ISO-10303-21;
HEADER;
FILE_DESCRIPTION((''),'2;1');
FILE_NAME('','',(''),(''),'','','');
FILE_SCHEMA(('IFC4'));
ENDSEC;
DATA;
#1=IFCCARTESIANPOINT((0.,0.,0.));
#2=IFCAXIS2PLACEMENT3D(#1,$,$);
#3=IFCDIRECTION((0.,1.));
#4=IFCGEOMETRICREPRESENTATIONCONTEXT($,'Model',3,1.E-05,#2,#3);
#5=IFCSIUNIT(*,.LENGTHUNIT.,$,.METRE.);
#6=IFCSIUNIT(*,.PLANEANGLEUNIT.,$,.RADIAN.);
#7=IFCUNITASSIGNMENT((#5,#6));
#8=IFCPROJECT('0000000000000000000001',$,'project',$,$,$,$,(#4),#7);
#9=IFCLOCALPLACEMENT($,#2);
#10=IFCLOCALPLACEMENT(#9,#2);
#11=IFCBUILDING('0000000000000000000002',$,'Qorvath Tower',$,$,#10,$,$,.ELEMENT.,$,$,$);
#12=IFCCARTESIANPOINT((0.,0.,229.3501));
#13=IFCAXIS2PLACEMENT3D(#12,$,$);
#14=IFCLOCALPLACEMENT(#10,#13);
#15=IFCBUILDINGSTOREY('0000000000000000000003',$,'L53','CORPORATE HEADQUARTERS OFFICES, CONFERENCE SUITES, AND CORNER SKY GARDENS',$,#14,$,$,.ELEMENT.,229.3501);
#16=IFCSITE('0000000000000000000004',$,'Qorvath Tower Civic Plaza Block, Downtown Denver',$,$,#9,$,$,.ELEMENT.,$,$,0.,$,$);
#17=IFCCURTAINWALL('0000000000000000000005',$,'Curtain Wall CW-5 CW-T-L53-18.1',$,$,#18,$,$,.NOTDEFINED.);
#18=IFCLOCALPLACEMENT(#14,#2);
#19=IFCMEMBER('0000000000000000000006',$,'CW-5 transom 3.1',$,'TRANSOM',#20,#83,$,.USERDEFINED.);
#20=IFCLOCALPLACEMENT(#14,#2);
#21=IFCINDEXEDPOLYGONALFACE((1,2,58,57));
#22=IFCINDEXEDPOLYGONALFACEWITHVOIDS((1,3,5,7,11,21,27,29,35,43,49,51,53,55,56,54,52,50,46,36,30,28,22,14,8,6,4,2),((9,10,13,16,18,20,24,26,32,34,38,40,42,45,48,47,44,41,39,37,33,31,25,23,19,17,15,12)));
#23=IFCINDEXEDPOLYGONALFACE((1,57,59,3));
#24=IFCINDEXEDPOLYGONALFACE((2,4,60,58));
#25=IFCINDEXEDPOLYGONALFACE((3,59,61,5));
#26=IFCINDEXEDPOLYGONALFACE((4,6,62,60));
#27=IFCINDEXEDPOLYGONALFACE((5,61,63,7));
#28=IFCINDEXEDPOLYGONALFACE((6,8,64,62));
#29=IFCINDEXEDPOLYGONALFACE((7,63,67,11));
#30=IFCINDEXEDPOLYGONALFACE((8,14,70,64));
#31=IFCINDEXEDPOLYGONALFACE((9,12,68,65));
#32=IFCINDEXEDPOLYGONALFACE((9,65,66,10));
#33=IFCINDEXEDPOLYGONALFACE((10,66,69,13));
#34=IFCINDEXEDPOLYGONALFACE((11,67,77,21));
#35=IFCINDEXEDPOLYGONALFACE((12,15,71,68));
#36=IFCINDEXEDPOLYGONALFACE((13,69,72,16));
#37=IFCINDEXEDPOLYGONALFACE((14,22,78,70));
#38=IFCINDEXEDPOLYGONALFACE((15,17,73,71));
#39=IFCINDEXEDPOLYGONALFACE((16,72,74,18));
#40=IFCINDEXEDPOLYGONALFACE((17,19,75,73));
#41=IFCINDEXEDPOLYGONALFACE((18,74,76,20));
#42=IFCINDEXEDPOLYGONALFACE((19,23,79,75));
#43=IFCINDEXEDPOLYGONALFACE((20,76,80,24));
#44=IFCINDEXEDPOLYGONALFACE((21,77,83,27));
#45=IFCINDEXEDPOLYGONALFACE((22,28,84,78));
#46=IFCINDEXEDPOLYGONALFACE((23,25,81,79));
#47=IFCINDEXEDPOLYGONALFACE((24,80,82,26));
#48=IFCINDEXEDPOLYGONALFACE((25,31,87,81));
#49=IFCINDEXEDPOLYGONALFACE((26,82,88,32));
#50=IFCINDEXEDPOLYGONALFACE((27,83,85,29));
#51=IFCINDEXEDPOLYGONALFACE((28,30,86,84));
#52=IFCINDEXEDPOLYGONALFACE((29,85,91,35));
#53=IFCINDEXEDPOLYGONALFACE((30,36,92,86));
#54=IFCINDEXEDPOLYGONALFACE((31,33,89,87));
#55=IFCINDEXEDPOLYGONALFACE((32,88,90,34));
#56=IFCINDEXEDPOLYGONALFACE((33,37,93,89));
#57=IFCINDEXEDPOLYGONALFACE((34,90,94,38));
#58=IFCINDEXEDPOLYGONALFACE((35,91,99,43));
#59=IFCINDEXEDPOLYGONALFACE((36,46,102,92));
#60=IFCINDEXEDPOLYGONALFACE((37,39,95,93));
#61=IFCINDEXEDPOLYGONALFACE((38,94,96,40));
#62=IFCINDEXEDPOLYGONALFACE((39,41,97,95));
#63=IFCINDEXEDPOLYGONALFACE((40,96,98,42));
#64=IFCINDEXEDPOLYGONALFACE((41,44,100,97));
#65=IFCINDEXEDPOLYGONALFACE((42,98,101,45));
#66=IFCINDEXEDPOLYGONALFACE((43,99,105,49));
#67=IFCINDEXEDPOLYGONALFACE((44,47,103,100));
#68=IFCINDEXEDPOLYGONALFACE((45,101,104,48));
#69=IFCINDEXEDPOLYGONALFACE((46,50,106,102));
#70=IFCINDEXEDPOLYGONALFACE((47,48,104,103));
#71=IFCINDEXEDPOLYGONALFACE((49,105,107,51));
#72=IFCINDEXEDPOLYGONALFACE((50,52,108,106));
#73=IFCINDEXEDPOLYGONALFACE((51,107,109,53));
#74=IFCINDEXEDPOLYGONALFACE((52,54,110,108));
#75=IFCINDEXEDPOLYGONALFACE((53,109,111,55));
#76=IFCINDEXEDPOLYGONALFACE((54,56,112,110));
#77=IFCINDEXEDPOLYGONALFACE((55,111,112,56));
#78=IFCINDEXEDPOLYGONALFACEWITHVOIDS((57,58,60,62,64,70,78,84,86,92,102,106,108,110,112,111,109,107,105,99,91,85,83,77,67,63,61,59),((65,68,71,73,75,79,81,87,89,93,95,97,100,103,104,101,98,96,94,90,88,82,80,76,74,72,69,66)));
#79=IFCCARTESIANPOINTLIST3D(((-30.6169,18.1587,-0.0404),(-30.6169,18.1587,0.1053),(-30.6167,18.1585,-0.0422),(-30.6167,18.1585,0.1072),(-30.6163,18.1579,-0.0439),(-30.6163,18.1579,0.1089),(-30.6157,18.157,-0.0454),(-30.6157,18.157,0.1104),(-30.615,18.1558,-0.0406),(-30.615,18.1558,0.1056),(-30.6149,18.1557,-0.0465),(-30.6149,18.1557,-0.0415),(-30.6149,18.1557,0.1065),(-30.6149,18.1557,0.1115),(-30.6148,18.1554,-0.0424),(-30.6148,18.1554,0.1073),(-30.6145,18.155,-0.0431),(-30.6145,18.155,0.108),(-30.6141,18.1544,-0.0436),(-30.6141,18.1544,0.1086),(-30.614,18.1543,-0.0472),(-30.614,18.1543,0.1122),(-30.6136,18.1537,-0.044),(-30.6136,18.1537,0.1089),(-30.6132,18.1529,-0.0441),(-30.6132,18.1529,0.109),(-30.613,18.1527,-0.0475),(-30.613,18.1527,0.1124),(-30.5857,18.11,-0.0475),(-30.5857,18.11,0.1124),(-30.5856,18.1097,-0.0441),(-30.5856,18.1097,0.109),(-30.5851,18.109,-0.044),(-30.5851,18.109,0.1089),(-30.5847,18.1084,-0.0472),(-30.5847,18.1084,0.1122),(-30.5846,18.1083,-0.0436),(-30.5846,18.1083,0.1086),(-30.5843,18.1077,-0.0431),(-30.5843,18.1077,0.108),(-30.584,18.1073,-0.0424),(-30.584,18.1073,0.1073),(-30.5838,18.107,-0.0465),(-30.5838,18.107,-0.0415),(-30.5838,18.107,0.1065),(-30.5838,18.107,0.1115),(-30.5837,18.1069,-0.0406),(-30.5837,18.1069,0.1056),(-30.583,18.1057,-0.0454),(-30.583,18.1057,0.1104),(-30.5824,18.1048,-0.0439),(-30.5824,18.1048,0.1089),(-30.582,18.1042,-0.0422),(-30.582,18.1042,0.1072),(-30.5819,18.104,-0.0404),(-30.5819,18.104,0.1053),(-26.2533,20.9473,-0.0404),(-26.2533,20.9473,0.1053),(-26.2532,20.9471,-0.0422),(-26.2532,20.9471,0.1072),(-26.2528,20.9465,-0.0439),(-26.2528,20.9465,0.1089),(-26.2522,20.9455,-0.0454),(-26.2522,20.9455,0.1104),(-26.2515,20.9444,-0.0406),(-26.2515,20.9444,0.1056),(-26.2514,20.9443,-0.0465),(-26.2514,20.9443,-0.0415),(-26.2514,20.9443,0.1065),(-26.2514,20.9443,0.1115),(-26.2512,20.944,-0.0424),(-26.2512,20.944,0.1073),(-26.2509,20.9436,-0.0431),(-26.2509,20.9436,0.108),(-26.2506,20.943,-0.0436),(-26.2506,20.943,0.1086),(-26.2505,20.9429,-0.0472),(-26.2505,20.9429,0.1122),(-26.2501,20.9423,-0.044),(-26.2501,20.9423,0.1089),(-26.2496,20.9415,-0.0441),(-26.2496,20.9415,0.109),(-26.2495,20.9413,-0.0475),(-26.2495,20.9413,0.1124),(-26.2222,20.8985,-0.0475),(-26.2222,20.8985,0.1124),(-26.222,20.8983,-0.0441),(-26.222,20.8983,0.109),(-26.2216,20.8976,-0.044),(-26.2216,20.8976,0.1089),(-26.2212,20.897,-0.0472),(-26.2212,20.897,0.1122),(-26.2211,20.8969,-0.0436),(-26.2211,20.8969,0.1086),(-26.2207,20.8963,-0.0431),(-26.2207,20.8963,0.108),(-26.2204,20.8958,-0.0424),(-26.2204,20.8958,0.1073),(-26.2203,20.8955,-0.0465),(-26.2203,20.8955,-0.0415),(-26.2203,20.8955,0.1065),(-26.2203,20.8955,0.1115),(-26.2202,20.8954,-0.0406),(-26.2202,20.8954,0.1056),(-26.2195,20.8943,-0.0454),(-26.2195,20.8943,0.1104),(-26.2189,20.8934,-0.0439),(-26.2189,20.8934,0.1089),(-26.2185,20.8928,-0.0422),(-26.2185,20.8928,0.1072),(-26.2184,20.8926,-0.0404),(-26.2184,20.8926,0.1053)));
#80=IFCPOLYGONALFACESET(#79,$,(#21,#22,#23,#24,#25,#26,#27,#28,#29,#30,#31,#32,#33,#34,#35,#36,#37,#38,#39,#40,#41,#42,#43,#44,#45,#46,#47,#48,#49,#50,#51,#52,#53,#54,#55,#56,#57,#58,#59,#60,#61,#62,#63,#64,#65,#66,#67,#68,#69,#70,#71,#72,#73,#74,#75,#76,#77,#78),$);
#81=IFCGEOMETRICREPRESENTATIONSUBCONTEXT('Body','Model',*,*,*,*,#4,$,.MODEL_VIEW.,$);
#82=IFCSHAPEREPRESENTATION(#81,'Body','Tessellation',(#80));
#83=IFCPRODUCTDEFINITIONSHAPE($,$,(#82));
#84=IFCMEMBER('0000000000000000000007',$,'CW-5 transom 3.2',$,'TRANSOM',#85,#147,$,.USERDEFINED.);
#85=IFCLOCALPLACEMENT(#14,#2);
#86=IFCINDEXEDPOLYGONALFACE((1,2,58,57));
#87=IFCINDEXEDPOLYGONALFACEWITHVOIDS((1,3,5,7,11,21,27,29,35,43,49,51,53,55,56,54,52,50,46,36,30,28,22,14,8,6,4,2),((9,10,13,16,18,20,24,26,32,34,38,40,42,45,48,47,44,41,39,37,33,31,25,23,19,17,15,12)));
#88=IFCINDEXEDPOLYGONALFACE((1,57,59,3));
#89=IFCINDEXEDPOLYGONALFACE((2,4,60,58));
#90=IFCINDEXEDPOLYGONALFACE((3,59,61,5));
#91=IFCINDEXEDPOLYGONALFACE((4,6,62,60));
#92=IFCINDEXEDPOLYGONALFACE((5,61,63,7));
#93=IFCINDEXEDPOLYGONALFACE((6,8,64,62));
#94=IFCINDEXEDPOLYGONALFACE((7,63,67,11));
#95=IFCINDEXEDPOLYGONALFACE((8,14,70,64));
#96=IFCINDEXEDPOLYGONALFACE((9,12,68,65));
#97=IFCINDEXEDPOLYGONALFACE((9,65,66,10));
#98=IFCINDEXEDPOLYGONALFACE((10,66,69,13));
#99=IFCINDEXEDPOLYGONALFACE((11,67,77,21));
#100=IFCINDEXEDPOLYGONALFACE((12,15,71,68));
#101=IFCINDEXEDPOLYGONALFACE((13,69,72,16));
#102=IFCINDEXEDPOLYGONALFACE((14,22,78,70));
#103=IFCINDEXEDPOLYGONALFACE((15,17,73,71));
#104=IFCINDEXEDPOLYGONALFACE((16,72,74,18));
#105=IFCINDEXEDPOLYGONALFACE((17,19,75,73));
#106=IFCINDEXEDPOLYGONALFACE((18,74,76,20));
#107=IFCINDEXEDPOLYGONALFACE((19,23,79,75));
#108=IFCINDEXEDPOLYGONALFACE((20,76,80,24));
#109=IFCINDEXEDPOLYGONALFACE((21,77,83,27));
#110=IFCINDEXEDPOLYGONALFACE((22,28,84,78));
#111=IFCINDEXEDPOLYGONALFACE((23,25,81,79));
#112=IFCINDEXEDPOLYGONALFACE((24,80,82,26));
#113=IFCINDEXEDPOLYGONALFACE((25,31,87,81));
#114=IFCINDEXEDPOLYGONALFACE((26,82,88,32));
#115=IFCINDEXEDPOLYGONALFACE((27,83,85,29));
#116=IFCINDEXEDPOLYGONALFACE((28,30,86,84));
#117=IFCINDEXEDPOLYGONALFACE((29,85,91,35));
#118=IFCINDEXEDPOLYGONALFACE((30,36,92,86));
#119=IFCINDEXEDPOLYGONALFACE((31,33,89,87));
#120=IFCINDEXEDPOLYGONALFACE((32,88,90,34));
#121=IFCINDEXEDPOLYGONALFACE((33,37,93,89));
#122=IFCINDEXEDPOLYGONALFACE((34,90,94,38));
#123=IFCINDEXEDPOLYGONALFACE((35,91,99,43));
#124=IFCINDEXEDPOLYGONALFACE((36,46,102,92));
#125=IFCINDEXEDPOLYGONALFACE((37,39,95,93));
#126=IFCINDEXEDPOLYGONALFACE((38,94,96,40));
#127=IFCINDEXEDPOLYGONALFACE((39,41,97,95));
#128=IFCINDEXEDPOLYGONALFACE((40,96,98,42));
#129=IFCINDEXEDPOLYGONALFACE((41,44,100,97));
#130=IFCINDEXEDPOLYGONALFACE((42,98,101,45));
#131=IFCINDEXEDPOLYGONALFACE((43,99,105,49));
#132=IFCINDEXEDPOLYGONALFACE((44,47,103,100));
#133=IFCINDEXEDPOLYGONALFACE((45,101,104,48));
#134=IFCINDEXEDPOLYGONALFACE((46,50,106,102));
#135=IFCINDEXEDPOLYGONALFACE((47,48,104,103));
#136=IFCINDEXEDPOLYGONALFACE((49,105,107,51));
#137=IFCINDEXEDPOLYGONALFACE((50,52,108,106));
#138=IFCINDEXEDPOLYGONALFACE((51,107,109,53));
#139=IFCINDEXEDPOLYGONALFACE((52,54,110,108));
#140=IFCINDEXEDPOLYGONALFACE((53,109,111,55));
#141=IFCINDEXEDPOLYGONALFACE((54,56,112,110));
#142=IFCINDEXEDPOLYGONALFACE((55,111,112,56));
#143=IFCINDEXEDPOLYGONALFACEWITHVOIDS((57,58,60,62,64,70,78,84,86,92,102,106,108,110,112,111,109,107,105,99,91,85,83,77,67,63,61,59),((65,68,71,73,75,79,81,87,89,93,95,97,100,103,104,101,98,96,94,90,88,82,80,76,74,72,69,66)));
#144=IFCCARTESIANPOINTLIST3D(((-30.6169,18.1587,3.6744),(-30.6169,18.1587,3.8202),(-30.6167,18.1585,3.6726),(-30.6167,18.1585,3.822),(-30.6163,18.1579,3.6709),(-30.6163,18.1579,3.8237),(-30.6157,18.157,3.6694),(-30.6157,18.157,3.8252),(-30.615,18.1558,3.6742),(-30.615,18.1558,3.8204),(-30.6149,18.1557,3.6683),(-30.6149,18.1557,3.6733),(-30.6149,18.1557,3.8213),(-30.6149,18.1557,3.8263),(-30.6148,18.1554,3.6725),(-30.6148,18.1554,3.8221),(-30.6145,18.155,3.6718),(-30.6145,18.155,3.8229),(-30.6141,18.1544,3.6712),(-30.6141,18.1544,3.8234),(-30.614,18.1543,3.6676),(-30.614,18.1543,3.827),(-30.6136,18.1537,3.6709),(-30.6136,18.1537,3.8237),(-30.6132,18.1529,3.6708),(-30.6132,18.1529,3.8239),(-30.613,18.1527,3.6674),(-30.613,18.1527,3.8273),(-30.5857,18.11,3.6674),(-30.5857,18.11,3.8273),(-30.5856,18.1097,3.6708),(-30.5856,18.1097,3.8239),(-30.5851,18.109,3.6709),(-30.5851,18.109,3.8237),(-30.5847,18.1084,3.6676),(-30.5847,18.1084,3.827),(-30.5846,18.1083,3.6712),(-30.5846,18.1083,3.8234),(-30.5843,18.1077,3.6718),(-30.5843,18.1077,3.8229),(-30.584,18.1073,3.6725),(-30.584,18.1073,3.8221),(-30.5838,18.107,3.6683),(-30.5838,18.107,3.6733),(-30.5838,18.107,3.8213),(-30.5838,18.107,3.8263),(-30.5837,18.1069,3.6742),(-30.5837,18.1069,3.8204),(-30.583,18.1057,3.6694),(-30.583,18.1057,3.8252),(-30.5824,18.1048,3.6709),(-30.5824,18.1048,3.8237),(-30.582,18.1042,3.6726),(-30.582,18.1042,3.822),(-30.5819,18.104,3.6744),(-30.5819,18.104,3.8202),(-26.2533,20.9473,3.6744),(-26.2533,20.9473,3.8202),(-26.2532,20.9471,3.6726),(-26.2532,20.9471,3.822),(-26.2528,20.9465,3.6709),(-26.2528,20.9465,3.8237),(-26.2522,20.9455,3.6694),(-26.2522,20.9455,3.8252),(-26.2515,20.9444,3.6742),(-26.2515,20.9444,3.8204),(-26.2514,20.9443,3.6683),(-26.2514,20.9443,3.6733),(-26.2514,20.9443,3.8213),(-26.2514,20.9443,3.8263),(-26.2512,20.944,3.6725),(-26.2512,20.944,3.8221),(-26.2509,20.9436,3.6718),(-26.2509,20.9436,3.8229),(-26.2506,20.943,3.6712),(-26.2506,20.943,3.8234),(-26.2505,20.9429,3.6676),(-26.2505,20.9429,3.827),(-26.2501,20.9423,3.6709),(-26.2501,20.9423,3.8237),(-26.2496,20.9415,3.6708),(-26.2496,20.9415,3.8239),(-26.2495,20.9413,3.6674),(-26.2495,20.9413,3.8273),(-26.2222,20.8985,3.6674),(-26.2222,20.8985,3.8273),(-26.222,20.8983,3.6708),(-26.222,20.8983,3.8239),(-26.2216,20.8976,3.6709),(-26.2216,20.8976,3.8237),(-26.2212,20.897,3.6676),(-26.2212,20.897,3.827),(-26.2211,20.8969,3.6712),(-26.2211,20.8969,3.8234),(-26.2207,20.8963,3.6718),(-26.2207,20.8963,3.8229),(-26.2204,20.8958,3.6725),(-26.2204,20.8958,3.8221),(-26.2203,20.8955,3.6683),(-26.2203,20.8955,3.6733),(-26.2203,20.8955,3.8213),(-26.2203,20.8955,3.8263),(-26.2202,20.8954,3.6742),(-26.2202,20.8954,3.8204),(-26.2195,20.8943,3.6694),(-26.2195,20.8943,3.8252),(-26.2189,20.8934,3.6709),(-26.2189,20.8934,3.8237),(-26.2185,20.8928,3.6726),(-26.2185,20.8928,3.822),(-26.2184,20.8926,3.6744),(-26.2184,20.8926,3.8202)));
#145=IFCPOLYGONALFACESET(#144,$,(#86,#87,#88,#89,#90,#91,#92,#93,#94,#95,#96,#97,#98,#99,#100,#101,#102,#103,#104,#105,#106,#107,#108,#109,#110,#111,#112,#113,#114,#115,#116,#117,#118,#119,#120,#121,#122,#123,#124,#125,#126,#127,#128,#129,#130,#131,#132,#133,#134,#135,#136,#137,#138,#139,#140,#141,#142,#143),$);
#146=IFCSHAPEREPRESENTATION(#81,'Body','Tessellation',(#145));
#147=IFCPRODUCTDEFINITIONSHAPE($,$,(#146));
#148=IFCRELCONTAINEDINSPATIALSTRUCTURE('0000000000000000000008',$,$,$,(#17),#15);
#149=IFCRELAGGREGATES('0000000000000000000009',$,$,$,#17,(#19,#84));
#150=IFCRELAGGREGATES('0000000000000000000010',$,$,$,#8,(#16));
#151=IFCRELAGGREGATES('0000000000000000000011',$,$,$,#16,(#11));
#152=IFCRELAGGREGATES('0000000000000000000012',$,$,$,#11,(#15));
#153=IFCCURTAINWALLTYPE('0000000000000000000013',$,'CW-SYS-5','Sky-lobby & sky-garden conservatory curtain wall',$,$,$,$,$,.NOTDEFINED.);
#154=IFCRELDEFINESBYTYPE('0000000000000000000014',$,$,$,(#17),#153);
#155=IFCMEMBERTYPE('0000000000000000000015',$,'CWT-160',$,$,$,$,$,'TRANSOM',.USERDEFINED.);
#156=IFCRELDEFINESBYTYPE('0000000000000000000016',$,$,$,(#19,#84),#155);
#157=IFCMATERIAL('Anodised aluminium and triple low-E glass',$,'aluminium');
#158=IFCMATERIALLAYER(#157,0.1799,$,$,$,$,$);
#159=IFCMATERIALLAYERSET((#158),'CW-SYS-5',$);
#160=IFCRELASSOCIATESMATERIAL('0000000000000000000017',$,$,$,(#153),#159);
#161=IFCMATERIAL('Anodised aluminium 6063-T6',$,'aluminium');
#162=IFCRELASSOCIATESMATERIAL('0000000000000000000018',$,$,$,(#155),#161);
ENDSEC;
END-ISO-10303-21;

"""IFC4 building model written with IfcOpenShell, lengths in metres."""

from ifc_helpers import new_model, si_unit, direction, frame, origin, origin_2d, place, context, subcontext, project, spatial, hollow_rectangle, extrude, material, layer, layer_set, material_profile, profile_set, type_object, element, aggregate, save


model = new_model("IFC4")

# Units and contexts
model_context = context("Model", 3, precision=1e-05, world=origin(), true_north=direction((0.0, 1.0)))
body_context = subcontext(model_context, "Body", "Model", "MODEL_VIEW")
ifc_project = project(units=[si_unit("LENGTHUNIT", "METRE"), si_unit("PLANEANGLEUNIT", "RADIAN")], contexts=[model_context])

# Site, building, storey
site_placement = place(None, origin())
site = spatial("IfcSite", under=ifc_project, at=site_placement, Name="Qorvath Tower Civic Plaza Block, Downtown Denver", CompositionType="ELEMENT", RefElevation=0.0)
building_placement = place(site_placement, origin())
building = spatial("IfcBuilding", under=site, at=building_placement, Name="Qorvath Tower", CompositionType="ELEMENT")
storey_placement = place(building_placement, frame((0.0, 0.0, 229.3501)))
storey = spatial("IfcBuildingStorey", under=building, at=storey_placement, Name="L53", Description="CORPORATE HEADQUARTERS OFFICES, CONFERENCE SUITES, AND CORNER SKY GARDENS", CompositionType="ELEMENT", Elevation=229.3501)

# Curtain wall, members
ifc_material_1 = material(Name="Anodised aluminium and triple low-E glass", Category="aluminium")
ifc_layer_1 = layer(ifc_material_1, 0.1799)
ifc_layer_set_1 = layer_set([ifc_layer_1], Name="CW-SYS-5")
curtain_wall_type = type_object("IfcCurtainWallType", Name="CW-SYS-5", Description="Sky-lobby & sky-garden conservatory curtain wall", PredefinedType="NOTDEFINED", material=ifc_layer_set_1)
curtain_wall_placement = place(storey_placement, origin())
curtain_wall = element("IfcCurtainWall", 1, at=curtain_wall_placement, inside=storey, type_object=curtain_wall_type, Name="Curtain Wall CW-5 CW-T-L53-18.1", PredefinedType="NOTDEFINED")
ifc_material_2 = material(Name="Anodised aluminium 6063-T6", Category="aluminium")
ifc_material_profile_1 = material_profile(ifc_material_2, hollow_rectangle(XDim=0.0649, YDim=0.1599, WallThickness=0.0034, InnerFilletRadius=0.0034, OuterFilletRadius=0.0071, at=origin_2d()), Name="CWT 160x65")
ifc_profile_set_1 = profile_set([ifc_material_profile_1], Name="Anodised aluminium 6063-T6")
member_type_1 = type_object("IfcMemberType", Name="CWT-160", ElementType="TRANSOM", PredefinedType="USERDEFINED", material=ifc_profile_set_1)
member_1_placement = place(storey_placement, frame((-26.2358, 20.9199, 0.0325), z_axis=(-0.842629, -0.538494, 0.0), x_axis=(0.538494, -0.842629, 0.0)))
member_1 = element("IfcMember", 2, at=member_1_placement, type_object=member_type_1, Name="CW-5 transom 3.1", ObjectType="TRANSOM", PredefinedType="USERDEFINED", context=body_context, shape_type="SweptSolid", body=[
    extrude(hollow_rectangle(XDim=0.0649, YDim=0.1599, WallThickness=0.0034, InnerFilletRadius=0.0034, OuterFilletRadius=0.0071, at=origin_2d()), origin(), (0.0, 0.0, 1.0), 5.1785),
])
member_2_placement = place(storey_placement, frame((-26.2358, 20.9199, 3.7473), z_axis=(-0.842629, -0.538494, 0.0), x_axis=(0.538494, -0.842629, 0.0)))
member_2 = element("IfcMember", 3, at=member_2_placement, type_object=member_type_1, Name="CW-5 transom 3.2", ObjectType="TRANSOM", PredefinedType="USERDEFINED", context=body_context, shape_type="SweptSolid", body=[
    extrude(hollow_rectangle(XDim=0.0649, YDim=0.1599, WallThickness=0.0034, InnerFilletRadius=0.0034, OuterFilletRadius=0.0071, at=origin_2d()), origin(), (0.0, 0.0, 1.0), 5.1785),
])
aggregate(curtain_wall, [member_1, member_2])

save(model, "model.ifc")
